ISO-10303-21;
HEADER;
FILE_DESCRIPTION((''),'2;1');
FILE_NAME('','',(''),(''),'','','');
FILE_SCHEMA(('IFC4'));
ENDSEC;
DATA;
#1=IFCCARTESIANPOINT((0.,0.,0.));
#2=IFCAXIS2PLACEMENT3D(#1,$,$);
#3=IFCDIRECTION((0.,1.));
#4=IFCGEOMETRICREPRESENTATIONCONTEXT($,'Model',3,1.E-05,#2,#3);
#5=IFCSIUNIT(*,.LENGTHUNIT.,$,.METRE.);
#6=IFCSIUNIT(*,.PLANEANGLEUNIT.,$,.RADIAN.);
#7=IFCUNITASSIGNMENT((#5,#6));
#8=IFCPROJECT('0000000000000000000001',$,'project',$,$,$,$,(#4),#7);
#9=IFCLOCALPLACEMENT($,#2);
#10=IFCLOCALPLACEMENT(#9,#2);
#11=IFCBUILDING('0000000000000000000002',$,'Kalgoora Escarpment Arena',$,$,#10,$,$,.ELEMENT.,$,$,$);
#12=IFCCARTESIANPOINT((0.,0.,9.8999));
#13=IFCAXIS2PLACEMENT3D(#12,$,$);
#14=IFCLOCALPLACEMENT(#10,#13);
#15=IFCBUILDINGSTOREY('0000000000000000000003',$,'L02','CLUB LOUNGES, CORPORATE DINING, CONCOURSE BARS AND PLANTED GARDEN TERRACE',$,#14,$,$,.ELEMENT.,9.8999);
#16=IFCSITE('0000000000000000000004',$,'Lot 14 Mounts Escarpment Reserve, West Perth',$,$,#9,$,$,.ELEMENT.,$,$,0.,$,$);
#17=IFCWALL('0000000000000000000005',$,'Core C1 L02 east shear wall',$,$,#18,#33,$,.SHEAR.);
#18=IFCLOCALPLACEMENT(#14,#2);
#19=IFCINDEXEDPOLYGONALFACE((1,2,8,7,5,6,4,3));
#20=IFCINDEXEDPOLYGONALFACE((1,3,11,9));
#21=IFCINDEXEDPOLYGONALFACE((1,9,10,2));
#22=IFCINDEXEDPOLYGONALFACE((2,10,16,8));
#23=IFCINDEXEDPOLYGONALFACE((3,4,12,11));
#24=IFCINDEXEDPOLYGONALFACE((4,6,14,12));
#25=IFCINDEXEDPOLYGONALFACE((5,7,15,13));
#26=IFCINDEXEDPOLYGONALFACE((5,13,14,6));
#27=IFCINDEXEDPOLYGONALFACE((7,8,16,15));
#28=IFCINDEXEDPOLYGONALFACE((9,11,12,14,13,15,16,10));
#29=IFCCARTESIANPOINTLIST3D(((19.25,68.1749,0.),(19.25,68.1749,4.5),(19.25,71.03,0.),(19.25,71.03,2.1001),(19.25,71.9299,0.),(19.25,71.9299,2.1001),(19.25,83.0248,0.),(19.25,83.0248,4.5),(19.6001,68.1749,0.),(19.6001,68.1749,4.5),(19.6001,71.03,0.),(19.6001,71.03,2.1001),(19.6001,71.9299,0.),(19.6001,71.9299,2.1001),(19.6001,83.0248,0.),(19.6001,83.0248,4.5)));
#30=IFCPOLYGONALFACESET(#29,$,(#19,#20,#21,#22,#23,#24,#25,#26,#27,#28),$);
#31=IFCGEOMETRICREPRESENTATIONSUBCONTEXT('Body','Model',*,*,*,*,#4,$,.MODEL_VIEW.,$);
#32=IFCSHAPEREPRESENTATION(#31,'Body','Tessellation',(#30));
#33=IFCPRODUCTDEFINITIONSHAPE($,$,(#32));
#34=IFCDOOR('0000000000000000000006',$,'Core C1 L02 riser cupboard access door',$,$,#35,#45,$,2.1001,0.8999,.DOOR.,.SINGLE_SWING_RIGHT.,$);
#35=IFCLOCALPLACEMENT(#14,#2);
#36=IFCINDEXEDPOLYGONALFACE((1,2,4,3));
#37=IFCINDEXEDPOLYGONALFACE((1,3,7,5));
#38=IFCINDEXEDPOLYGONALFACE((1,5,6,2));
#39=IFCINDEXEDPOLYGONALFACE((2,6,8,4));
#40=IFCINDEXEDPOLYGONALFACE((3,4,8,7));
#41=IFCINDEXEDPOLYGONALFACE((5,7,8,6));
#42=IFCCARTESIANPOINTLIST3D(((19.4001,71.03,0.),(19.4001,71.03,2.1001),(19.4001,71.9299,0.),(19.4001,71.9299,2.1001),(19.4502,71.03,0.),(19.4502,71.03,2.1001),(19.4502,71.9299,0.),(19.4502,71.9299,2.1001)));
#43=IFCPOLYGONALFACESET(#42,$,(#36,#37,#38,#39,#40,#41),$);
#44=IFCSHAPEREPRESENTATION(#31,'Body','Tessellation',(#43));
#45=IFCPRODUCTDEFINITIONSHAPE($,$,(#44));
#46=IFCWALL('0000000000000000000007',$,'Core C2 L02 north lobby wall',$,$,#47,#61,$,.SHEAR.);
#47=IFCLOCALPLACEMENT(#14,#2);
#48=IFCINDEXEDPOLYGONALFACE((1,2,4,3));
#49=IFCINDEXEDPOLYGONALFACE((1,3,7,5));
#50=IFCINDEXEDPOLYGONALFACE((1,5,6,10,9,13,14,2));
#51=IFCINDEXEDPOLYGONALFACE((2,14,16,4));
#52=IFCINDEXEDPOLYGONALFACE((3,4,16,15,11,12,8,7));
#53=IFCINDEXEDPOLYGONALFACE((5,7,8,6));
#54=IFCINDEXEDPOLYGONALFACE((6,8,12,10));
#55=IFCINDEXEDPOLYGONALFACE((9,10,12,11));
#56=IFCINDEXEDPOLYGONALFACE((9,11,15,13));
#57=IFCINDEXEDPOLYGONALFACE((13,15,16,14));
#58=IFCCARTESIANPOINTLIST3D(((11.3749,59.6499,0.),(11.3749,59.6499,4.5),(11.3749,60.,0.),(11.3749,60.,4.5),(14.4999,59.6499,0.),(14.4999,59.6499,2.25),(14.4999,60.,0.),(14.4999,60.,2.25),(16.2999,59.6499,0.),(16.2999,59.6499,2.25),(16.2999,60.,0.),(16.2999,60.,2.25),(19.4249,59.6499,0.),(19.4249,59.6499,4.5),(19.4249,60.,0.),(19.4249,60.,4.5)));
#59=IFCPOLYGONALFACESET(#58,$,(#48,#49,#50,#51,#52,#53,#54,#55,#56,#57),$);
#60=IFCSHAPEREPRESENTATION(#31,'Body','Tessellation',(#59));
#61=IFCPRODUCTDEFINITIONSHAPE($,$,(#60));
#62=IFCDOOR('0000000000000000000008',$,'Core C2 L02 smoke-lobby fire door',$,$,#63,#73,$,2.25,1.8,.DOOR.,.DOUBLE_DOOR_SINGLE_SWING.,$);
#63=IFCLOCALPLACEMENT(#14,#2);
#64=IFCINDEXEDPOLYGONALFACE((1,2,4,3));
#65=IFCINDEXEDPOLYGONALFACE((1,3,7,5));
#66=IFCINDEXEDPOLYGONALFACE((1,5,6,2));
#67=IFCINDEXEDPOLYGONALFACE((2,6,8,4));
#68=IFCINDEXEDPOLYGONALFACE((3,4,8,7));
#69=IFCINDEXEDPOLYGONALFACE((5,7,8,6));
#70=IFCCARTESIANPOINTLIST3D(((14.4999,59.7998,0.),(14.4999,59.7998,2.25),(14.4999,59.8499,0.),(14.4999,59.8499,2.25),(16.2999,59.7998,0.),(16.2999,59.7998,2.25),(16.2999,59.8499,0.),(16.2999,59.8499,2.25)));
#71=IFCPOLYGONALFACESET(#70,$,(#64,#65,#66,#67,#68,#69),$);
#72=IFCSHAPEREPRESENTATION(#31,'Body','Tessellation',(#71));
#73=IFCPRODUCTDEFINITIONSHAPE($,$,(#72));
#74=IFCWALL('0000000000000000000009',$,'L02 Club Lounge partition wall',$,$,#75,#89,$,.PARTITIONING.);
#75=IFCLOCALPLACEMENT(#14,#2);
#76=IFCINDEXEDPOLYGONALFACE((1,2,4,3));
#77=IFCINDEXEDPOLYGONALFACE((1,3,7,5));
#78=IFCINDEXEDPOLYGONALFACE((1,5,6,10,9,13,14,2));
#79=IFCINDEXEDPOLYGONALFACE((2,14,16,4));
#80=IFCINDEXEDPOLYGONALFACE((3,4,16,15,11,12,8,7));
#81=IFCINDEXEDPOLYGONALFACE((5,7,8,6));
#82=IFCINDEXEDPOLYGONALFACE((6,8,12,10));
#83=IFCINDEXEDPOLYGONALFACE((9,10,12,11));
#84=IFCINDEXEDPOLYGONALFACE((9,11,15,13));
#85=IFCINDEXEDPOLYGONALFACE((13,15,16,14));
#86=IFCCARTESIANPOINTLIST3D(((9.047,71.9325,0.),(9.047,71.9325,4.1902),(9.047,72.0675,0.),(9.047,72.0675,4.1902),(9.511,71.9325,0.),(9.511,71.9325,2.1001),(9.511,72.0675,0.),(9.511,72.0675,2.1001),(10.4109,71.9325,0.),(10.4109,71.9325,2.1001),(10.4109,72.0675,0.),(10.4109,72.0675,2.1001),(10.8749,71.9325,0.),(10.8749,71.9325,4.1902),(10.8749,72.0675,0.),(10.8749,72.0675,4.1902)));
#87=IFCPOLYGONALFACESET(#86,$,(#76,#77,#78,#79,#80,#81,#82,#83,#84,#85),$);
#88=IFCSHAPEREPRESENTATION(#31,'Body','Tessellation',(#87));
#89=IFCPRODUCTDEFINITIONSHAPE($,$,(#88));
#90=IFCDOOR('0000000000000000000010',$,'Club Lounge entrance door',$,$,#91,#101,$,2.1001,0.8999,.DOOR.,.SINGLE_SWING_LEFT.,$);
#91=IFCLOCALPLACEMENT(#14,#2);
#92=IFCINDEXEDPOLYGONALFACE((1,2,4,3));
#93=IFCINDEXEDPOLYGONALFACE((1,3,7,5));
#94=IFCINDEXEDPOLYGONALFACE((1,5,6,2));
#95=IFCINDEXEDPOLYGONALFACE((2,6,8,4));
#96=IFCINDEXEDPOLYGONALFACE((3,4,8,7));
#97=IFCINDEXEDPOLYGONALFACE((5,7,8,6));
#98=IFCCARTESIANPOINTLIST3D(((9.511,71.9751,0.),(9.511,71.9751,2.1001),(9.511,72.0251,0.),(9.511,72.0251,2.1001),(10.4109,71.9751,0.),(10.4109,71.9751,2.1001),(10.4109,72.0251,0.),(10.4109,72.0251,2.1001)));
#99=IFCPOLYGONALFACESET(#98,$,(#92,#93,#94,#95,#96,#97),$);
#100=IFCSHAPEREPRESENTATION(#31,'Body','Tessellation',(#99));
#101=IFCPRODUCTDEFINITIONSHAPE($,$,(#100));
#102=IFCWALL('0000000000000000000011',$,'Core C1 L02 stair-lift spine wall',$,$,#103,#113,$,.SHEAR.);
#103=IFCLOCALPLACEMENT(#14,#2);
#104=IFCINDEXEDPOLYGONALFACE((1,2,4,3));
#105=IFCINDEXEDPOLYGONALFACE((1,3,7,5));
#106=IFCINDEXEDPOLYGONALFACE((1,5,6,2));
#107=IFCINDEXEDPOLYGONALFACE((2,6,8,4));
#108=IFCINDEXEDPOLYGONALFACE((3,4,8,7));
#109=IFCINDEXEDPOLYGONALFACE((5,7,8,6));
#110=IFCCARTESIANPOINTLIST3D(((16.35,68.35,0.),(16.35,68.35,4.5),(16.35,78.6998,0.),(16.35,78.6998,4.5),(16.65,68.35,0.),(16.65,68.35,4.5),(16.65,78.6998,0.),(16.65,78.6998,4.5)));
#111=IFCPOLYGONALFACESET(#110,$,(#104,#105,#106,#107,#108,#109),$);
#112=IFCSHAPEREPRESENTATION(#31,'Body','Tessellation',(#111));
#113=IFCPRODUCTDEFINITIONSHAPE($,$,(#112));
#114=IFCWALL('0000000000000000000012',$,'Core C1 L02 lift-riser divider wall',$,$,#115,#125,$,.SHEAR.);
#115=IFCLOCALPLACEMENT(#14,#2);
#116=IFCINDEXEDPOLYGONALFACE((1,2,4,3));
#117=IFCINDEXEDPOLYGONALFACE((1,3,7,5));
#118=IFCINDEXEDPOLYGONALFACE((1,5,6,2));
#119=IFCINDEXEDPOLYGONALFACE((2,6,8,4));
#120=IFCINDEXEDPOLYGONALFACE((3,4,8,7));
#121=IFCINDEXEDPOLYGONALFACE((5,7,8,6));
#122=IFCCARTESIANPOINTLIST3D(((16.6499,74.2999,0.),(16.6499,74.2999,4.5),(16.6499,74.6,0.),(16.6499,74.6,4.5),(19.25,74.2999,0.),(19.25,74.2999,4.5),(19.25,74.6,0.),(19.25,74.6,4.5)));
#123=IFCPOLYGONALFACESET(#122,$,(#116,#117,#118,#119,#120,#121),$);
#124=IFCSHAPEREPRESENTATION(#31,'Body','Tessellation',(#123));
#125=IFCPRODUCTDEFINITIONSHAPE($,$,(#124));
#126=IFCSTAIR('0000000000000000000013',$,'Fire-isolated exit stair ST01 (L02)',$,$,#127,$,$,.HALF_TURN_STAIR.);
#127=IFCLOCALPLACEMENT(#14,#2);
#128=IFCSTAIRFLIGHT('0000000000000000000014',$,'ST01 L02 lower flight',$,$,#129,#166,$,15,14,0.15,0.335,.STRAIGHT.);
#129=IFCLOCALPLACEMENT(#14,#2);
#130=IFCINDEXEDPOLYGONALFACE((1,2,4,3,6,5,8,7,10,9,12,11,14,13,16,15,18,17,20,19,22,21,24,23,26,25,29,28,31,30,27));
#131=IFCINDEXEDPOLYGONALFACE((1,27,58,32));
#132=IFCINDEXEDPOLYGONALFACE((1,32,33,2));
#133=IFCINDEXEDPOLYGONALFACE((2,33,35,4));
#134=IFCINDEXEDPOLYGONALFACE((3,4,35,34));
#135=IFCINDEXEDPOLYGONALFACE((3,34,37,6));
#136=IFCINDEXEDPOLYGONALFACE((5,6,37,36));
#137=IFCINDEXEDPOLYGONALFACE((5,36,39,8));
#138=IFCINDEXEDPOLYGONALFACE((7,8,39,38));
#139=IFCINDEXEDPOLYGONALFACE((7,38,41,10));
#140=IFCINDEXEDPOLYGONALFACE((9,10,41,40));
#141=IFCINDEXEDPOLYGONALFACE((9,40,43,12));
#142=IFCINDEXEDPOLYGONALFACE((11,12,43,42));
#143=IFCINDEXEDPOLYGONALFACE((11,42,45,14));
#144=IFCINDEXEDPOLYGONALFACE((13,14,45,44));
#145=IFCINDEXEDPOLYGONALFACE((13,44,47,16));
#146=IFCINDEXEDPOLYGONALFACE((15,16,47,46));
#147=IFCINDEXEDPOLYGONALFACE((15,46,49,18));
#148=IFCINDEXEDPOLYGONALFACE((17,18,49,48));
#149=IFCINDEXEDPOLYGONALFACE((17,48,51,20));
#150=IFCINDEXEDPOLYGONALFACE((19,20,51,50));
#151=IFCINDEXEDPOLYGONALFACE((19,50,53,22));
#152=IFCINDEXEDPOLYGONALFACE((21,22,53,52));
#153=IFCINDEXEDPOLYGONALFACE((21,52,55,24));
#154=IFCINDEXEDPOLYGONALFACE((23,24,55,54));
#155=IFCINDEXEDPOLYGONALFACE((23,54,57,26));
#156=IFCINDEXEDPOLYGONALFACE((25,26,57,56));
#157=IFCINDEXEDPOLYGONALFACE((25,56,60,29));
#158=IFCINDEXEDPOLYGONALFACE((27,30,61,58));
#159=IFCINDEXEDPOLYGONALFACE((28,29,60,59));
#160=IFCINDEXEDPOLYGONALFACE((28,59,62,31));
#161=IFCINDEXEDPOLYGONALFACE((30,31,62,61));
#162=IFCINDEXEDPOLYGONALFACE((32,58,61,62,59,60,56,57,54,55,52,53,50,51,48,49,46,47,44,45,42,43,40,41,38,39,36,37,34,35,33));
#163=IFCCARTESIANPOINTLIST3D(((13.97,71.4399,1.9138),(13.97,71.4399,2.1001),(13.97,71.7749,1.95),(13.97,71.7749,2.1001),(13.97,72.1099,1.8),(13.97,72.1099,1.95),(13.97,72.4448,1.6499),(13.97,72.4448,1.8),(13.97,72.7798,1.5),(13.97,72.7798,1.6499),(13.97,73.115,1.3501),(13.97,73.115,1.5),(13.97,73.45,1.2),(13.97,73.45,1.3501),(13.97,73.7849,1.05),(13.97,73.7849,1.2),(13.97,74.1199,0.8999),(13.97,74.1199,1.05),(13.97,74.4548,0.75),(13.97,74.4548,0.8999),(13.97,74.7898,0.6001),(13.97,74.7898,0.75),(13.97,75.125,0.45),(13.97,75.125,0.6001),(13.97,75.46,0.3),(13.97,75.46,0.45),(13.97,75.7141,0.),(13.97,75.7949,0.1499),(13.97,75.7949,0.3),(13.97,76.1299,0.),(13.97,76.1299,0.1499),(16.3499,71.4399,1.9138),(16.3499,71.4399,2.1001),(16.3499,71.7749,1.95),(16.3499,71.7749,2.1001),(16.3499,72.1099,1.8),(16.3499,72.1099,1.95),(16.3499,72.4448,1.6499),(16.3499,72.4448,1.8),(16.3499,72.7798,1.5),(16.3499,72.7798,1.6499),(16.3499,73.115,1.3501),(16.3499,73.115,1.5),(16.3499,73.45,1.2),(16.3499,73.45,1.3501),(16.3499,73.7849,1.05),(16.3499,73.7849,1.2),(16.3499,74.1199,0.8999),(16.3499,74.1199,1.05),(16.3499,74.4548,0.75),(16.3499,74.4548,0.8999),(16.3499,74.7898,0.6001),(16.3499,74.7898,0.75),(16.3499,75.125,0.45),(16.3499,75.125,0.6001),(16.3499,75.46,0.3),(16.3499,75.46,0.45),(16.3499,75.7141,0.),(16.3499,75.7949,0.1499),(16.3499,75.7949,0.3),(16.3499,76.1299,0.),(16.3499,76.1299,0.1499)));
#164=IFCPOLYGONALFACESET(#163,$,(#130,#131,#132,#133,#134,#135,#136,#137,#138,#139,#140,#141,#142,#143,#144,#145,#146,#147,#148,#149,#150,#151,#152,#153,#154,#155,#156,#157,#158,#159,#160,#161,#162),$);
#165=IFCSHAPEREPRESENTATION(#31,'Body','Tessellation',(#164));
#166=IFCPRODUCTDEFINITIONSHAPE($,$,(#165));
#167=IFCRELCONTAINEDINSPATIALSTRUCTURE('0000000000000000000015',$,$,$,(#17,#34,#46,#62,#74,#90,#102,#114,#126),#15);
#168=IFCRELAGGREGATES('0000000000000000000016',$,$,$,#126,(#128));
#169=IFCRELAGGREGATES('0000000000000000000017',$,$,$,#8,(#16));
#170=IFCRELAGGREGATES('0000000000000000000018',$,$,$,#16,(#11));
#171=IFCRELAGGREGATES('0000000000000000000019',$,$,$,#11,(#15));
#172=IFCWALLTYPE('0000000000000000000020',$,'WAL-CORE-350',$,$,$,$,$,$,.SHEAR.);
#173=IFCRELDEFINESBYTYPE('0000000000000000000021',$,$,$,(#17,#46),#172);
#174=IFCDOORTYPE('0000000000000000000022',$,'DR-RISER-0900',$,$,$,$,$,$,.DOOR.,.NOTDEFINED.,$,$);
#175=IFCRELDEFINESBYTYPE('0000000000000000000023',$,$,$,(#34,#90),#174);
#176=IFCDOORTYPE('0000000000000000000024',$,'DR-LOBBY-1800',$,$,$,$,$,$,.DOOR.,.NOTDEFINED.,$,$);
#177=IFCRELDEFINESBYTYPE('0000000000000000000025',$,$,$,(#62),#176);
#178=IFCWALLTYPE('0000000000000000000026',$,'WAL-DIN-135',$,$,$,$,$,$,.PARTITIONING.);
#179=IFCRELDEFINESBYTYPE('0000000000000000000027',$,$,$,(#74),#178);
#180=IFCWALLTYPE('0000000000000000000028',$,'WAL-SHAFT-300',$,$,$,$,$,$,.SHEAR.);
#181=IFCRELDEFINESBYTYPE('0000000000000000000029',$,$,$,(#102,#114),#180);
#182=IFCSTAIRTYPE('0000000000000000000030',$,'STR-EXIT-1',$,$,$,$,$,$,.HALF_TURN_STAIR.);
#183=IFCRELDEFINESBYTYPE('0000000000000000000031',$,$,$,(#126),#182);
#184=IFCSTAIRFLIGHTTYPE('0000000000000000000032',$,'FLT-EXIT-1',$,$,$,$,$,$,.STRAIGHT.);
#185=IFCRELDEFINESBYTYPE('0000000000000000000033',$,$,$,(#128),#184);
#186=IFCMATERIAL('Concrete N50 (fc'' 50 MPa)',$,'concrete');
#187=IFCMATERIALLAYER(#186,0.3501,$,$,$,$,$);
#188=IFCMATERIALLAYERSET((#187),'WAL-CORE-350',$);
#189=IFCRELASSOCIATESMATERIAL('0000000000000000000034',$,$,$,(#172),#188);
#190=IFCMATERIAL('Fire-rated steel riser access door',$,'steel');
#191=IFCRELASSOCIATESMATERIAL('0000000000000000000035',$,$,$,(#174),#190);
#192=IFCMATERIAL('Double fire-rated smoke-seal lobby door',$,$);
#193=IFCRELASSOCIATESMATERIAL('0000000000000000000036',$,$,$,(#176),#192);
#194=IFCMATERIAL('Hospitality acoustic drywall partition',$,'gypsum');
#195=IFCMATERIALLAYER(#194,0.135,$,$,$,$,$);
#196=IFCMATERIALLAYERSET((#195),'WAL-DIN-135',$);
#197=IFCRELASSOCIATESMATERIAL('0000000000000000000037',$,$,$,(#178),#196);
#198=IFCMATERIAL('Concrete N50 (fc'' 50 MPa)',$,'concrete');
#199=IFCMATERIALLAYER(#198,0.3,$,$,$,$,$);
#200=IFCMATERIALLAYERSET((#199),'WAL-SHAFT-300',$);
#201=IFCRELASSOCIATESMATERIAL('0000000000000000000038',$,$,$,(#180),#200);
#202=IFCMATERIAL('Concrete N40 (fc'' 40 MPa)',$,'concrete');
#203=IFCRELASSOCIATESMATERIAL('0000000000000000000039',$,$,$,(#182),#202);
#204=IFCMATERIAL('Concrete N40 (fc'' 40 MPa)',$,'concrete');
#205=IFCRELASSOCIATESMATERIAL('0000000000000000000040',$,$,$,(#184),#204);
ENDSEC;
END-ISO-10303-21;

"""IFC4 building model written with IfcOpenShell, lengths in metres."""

from ifc_helpers import new_model, si_unit, direction, frame, frame_2d, origin, place, context, subcontext, project, spatial, polyline, rectangle, outline, extrude, material, layer, layer_set, type_object, element, fill, aggregate, save


model = new_model("IFC4")

# Units and contexts
model_context = context("Model", 3, precision=1e-05, world=origin(), true_north=direction((0.0, 1.0)))
body_context = subcontext(model_context, "Body", "Model", "MODEL_VIEW")
ifc_project = project(units=[si_unit("LENGTHUNIT", "METRE"), si_unit("PLANEANGLEUNIT", "RADIAN")], contexts=[model_context])

# Site, building, storey
site_placement = place(None, origin())
site = spatial("IfcSite", under=ifc_project, at=site_placement, Name="Lot 14 Mounts Escarpment Reserve, West Perth", CompositionType="ELEMENT", RefElevation=0.0)
building_placement = place(site_placement, origin())
building = spatial("IfcBuilding", under=site, at=building_placement, Name="Kalgoora Escarpment Arena", CompositionType="ELEMENT")
storey_placement = place(building_placement, frame((0.0, 0.0, 9.8999)))
storey = spatial("IfcBuildingStorey", under=building, at=storey_placement, Name="L02", Description="CLUB LOUNGES, CORPORATE DINING, CONCOURSE BARS AND PLANTED GARDEN TERRACE", CompositionType="ELEMENT", Elevation=9.8999)

# Shared definitions
ifc_material_1 = material(Name="Concrete N50 (fc' 50 MPa)", Category="concrete")
ifc_layer_1 = layer(ifc_material_1, 0.3501)
ifc_layer_set_1 = layer_set([ifc_layer_1], Name="WAL-CORE-350")
wall_type_1 = type_object("IfcWallType", Name="WAL-CORE-350", PredefinedType="SHEAR", material=ifc_layer_set_1)

# Walls, openings, doors
wall_1_placement = place(storey_placement, frame((19.425, 68.175, 0.0), z_axis=(0.0, 0.0, 1.0), x_axis=(0.0, 1.0, 0.0)))
wall_1 = element("IfcWall", 1, at=wall_1_placement, inside=storey, type_object=wall_type_1, Name="Core C1 L02 east shear wall", PredefinedType="SHEAR", context=body_context, shape_type="SweptSolid", body=[
    extrude(rectangle(XDim=14.8499, YDim=0.3501, at=frame_2d((7.4248, 0.0))), origin(), (0.0, 0.0, 1.0), 4.5),
])
opening_1_placement = place(wall_1_placement, frame((2.855, 0.0, 0.0)))
opening_1 = element("IfcOpeningElement", 2, at=opening_1_placement, cuts=wall_1, PredefinedType="OPENING", context=body_context, shape_type="SweptSolid", body=[
    extrude(rectangle(XDim=0.8999, YDim=2.1001, at=frame_2d((0.45, 1.05))), frame((0.0, 0.1851, 0.0), z_axis=(0.0, -1.0, 0.0), x_axis=(1.0, 0.0, 0.0)), (0.0, 0.0, 1.0), 0.3701),
])
ifc_material_2 = material(Name="Fire-rated steel riser access door", Category="steel")
door_type_1 = type_object("IfcDoorType", Name="DR-RISER-0900", OperationType="NOTDEFINED", PredefinedType="DOOR", material=ifc_material_2)
door_1_placement = place(opening_1_placement, origin())
door_1 = element("IfcDoor", 3, at=door_1_placement, inside=storey, type_object=door_type_1, Name="Core C1 L02 riser cupboard access door", OperationType="SINGLE_SWING_RIGHT", OverallHeight=2.1001, OverallWidth=0.8999, PredefinedType="DOOR", context=body_context, shape_type="SweptSolid", body=[
    extrude(rectangle(XDim=0.8999, YDim=2.1001, at=frame_2d((0.45, 1.05))), frame((0.0, 0.0249, 0.0), z_axis=(0.0, -1.0, 0.0), x_axis=(1.0, 0.0, 0.0)), (0.0, 0.0, 1.0), 0.05),
])
fill(opening_1, door_1)
wall_2_placement = place(storey_placement, frame((11.375, 59.825, 0.0), z_axis=(0.0, 0.0, 1.0), x_axis=(1.0, 0.0, 0.0)))
wall_2 = element("IfcWall", 4, at=wall_2_placement, inside=storey, type_object=wall_type_1, Name="Core C2 L02 north lobby wall", PredefinedType="SHEAR", context=body_context, shape_type="SweptSolid", body=[
    extrude(rectangle(XDim=8.05, YDim=0.3501, at=frame_2d((4.0249, 0.0))), origin(), (0.0, 0.0, 1.0), 4.5),
])
opening_2_placement = place(wall_2_placement, frame((3.125, 0.0, 0.0)))
opening_2 = element("IfcOpeningElement", 5, at=opening_2_placement, cuts=wall_2, PredefinedType="OPENING", context=body_context, shape_type="SweptSolid", body=[
    extrude(rectangle(XDim=1.8, YDim=2.25, at=frame_2d((0.8999, 1.125))), frame((0.0, 0.1851, 0.0), z_axis=(0.0, -1.0, 0.0), x_axis=(1.0, 0.0, 0.0)), (0.0, 0.0, 1.0), 0.3701),
])
ifc_material_3 = material(Name="Double fire-rated smoke-seal lobby door")
door_type_2 = type_object("IfcDoorType", Name="DR-LOBBY-1800", OperationType="NOTDEFINED", PredefinedType="DOOR", material=ifc_material_3)
door_2_placement = place(opening_2_placement, origin())
door_2 = element("IfcDoor", 6, at=door_2_placement, inside=storey, type_object=door_type_2, Name="Core C2 L02 smoke-lobby fire door", OperationType="DOUBLE_DOOR_SINGLE_SWING", OverallHeight=2.25, OverallWidth=1.8, PredefinedType="DOOR", context=body_context, shape_type="SweptSolid", body=[
    extrude(rectangle(XDim=1.8, YDim=2.25, at=frame_2d((0.8999, 1.125))), frame((0.0, 0.0249, 0.0), z_axis=(0.0, -1.0, 0.0), x_axis=(1.0, 0.0, 0.0)), (0.0, 0.0, 1.0), 0.05),
])
fill(opening_2, door_2)
ifc_material_4 = material(Name="Hospitality acoustic drywall partition", Category="gypsum")
ifc_layer_2 = layer(ifc_material_4, 0.135)
ifc_layer_set_2 = layer_set([ifc_layer_2], Name="WAL-DIN-135")
wall_type_2 = type_object("IfcWallType", Name="WAL-DIN-135", PredefinedType="PARTITIONING", material=ifc_layer_set_2)
wall_3_placement = place(storey_placement, frame((10.875, 72.0, 0.0), z_axis=(0.0, 0.0, 1.0), x_axis=(-1.0, 0.0, 0.0)))
wall_3 = element("IfcWall", 7, at=wall_3_placement, inside=storey, type_object=wall_type_2, Name="L02 Club Lounge partition wall", PredefinedType="PARTITIONING", context=body_context, shape_type="SweptSolid", body=[
    extrude(rectangle(XDim=1.8279, YDim=0.135, at=frame_2d((0.9141, 0.0))), origin(), (0.0, 0.0, 1.0), 4.1902),
])
opening_3_placement = place(wall_3_placement, frame((0.4641, 0.0, 0.0)))
opening_3 = element("IfcOpeningElement", 8, at=opening_3_placement, cuts=wall_3, PredefinedType="OPENING", context=body_context, shape_type="SweptSolid", body=[
    extrude(rectangle(XDim=0.8999, YDim=2.1001, at=frame_2d((0.45, 1.05))), frame((0.0, 0.0774, 0.0), z_axis=(0.0, -1.0, 0.0), x_axis=(1.0, 0.0, 0.0)), (0.0, 0.0, 1.0), 0.155),
])
door_3_placement = place(opening_3_placement, origin())
door_3 = element("IfcDoor", 9, at=door_3_placement, inside=storey, type_object=door_type_1, Name="Club Lounge entrance door", OperationType="SINGLE_SWING_LEFT", OverallHeight=2.1001, OverallWidth=0.8999, PredefinedType="DOOR", context=body_context, shape_type="SweptSolid", body=[
    extrude(rectangle(XDim=0.8999, YDim=2.1001, at=frame_2d((0.45, 1.05))), frame((0.0, 0.0249, 0.0), z_axis=(0.0, -1.0, 0.0), x_axis=(1.0, 0.0, 0.0)), (0.0, 0.0, 1.0), 0.05),
])
fill(opening_3, door_3)

# Walls
ifc_material_5 = material(Name="Concrete N50 (fc' 50 MPa)", Category="concrete")
ifc_layer_3 = layer(ifc_material_5, 0.3)
ifc_layer_set_3 = layer_set([ifc_layer_3], Name="WAL-SHAFT-300")
wall_type_3 = type_object("IfcWallType", Name="WAL-SHAFT-300", PredefinedType="SHEAR", material=ifc_layer_set_3)
wall_4_placement = place(storey_placement, frame((16.5, 68.3501, 0.0), z_axis=(0.0, 0.0, 1.0), x_axis=(0.0, 1.0, 0.0)))
element("IfcWall", 10, at=wall_4_placement, inside=storey, type_object=wall_type_3, Name="Core C1 L02 stair-lift spine wall", PredefinedType="SHEAR", context=body_context, shape_type="SweptSolid", body=[
    extrude(rectangle(XDim=10.3499, YDim=0.3, at=frame_2d((5.1748, 0.0))), origin(), (0.0, 0.0, 1.0), 4.5),
])
wall_5_placement = place(storey_placement, frame((16.6499, 74.45, 0.0), z_axis=(0.0, 0.0, 1.0), x_axis=(1.0, 0.0, 0.0)))
element("IfcWall", 11, at=wall_5_placement, inside=storey, type_object=wall_type_3, Name="Core C1 L02 lift-riser divider wall", PredefinedType="SHEAR", context=body_context, shape_type="SweptSolid", body=[
    extrude(rectangle(XDim=2.6001, YDim=0.3, at=frame_2d((1.3, 0.0))), origin(), (0.0, 0.0, 1.0), 4.5),
])

# Stair, stair flight
ifc_material_6 = material(Name="Concrete N40 (fc' 40 MPa)", Category="concrete")
stair_type = type_object("IfcStairType", Name="STR-EXIT-1", PredefinedType="HALF_TURN_STAIR", material=ifc_material_6)
stair_placement = place(storey_placement, origin())
stair = element("IfcStair", 12, at=stair_placement, inside=storey, type_object=stair_type, Name="Fire-isolated exit stair ST01 (L02)", PredefinedType="HALF_TURN_STAIR")
ifc_material_7 = material(Name="Concrete N40 (fc' 40 MPa)", Category="concrete")
stair_flight_type = type_object("IfcStairFlightType", Name="FLT-EXIT-1", PredefinedType="STRAIGHT", material=ifc_material_7)
stair_flight_1_placement = place(storey_placement, frame((15.1599, 76.1299, 0.0), z_axis=(0.0, 0.0, 1.0), x_axis=(0.0, -1.0, 0.0)))
stair_flight_1 = element("IfcStairFlight", 13, at=stair_flight_1_placement, type_object=stair_flight_type, Name="ST01 L02 lower flight", NumberOfRisers=15, NumberOfTreads=14, PredefinedType="STRAIGHT", RiserHeight=0.15, TreadLength=0.335, context=body_context, shape_type="SweptSolid", body=[
    extrude(outline(polyline([(0.0, 0.0), (0.0, 0.1499), (0.335, 0.1499), (0.335, 0.3), (0.6699, 0.3), (0.6699, 0.45), (1.0049, 0.45), (1.0049, 0.6001), (1.3401, 0.6001), (1.3401, 0.75), (1.675, 0.75), (1.675, 0.8999), (2.01, 0.8999), (2.01, 1.05), (2.345, 1.05), (2.345, 1.2), (2.6799, 1.2), (2.6799, 1.3501), (3.0149, 1.3501), (3.0149, 1.5), (3.3501, 1.5), (3.3501, 1.6499), (3.6851, 1.6499), (3.6851, 1.8), (4.02, 1.8), (4.02, 1.95), (4.355, 1.95), (4.355, 2.1001), (4.6899, 2.1001), (4.6899, 2.25), (4.6899, 1.9138), (0.4158, 0.0), (0.0, 0.0)])), frame((0.0, 1.1899, 0.0), z_axis=(0.0, -1.0, 0.0), x_axis=(1.0, 0.0, 0.0)), (0.0, 0.0, 1.0), 2.3799),
])
aggregate(stair, [stair_flight_1])

save(model, "model.ifc")
